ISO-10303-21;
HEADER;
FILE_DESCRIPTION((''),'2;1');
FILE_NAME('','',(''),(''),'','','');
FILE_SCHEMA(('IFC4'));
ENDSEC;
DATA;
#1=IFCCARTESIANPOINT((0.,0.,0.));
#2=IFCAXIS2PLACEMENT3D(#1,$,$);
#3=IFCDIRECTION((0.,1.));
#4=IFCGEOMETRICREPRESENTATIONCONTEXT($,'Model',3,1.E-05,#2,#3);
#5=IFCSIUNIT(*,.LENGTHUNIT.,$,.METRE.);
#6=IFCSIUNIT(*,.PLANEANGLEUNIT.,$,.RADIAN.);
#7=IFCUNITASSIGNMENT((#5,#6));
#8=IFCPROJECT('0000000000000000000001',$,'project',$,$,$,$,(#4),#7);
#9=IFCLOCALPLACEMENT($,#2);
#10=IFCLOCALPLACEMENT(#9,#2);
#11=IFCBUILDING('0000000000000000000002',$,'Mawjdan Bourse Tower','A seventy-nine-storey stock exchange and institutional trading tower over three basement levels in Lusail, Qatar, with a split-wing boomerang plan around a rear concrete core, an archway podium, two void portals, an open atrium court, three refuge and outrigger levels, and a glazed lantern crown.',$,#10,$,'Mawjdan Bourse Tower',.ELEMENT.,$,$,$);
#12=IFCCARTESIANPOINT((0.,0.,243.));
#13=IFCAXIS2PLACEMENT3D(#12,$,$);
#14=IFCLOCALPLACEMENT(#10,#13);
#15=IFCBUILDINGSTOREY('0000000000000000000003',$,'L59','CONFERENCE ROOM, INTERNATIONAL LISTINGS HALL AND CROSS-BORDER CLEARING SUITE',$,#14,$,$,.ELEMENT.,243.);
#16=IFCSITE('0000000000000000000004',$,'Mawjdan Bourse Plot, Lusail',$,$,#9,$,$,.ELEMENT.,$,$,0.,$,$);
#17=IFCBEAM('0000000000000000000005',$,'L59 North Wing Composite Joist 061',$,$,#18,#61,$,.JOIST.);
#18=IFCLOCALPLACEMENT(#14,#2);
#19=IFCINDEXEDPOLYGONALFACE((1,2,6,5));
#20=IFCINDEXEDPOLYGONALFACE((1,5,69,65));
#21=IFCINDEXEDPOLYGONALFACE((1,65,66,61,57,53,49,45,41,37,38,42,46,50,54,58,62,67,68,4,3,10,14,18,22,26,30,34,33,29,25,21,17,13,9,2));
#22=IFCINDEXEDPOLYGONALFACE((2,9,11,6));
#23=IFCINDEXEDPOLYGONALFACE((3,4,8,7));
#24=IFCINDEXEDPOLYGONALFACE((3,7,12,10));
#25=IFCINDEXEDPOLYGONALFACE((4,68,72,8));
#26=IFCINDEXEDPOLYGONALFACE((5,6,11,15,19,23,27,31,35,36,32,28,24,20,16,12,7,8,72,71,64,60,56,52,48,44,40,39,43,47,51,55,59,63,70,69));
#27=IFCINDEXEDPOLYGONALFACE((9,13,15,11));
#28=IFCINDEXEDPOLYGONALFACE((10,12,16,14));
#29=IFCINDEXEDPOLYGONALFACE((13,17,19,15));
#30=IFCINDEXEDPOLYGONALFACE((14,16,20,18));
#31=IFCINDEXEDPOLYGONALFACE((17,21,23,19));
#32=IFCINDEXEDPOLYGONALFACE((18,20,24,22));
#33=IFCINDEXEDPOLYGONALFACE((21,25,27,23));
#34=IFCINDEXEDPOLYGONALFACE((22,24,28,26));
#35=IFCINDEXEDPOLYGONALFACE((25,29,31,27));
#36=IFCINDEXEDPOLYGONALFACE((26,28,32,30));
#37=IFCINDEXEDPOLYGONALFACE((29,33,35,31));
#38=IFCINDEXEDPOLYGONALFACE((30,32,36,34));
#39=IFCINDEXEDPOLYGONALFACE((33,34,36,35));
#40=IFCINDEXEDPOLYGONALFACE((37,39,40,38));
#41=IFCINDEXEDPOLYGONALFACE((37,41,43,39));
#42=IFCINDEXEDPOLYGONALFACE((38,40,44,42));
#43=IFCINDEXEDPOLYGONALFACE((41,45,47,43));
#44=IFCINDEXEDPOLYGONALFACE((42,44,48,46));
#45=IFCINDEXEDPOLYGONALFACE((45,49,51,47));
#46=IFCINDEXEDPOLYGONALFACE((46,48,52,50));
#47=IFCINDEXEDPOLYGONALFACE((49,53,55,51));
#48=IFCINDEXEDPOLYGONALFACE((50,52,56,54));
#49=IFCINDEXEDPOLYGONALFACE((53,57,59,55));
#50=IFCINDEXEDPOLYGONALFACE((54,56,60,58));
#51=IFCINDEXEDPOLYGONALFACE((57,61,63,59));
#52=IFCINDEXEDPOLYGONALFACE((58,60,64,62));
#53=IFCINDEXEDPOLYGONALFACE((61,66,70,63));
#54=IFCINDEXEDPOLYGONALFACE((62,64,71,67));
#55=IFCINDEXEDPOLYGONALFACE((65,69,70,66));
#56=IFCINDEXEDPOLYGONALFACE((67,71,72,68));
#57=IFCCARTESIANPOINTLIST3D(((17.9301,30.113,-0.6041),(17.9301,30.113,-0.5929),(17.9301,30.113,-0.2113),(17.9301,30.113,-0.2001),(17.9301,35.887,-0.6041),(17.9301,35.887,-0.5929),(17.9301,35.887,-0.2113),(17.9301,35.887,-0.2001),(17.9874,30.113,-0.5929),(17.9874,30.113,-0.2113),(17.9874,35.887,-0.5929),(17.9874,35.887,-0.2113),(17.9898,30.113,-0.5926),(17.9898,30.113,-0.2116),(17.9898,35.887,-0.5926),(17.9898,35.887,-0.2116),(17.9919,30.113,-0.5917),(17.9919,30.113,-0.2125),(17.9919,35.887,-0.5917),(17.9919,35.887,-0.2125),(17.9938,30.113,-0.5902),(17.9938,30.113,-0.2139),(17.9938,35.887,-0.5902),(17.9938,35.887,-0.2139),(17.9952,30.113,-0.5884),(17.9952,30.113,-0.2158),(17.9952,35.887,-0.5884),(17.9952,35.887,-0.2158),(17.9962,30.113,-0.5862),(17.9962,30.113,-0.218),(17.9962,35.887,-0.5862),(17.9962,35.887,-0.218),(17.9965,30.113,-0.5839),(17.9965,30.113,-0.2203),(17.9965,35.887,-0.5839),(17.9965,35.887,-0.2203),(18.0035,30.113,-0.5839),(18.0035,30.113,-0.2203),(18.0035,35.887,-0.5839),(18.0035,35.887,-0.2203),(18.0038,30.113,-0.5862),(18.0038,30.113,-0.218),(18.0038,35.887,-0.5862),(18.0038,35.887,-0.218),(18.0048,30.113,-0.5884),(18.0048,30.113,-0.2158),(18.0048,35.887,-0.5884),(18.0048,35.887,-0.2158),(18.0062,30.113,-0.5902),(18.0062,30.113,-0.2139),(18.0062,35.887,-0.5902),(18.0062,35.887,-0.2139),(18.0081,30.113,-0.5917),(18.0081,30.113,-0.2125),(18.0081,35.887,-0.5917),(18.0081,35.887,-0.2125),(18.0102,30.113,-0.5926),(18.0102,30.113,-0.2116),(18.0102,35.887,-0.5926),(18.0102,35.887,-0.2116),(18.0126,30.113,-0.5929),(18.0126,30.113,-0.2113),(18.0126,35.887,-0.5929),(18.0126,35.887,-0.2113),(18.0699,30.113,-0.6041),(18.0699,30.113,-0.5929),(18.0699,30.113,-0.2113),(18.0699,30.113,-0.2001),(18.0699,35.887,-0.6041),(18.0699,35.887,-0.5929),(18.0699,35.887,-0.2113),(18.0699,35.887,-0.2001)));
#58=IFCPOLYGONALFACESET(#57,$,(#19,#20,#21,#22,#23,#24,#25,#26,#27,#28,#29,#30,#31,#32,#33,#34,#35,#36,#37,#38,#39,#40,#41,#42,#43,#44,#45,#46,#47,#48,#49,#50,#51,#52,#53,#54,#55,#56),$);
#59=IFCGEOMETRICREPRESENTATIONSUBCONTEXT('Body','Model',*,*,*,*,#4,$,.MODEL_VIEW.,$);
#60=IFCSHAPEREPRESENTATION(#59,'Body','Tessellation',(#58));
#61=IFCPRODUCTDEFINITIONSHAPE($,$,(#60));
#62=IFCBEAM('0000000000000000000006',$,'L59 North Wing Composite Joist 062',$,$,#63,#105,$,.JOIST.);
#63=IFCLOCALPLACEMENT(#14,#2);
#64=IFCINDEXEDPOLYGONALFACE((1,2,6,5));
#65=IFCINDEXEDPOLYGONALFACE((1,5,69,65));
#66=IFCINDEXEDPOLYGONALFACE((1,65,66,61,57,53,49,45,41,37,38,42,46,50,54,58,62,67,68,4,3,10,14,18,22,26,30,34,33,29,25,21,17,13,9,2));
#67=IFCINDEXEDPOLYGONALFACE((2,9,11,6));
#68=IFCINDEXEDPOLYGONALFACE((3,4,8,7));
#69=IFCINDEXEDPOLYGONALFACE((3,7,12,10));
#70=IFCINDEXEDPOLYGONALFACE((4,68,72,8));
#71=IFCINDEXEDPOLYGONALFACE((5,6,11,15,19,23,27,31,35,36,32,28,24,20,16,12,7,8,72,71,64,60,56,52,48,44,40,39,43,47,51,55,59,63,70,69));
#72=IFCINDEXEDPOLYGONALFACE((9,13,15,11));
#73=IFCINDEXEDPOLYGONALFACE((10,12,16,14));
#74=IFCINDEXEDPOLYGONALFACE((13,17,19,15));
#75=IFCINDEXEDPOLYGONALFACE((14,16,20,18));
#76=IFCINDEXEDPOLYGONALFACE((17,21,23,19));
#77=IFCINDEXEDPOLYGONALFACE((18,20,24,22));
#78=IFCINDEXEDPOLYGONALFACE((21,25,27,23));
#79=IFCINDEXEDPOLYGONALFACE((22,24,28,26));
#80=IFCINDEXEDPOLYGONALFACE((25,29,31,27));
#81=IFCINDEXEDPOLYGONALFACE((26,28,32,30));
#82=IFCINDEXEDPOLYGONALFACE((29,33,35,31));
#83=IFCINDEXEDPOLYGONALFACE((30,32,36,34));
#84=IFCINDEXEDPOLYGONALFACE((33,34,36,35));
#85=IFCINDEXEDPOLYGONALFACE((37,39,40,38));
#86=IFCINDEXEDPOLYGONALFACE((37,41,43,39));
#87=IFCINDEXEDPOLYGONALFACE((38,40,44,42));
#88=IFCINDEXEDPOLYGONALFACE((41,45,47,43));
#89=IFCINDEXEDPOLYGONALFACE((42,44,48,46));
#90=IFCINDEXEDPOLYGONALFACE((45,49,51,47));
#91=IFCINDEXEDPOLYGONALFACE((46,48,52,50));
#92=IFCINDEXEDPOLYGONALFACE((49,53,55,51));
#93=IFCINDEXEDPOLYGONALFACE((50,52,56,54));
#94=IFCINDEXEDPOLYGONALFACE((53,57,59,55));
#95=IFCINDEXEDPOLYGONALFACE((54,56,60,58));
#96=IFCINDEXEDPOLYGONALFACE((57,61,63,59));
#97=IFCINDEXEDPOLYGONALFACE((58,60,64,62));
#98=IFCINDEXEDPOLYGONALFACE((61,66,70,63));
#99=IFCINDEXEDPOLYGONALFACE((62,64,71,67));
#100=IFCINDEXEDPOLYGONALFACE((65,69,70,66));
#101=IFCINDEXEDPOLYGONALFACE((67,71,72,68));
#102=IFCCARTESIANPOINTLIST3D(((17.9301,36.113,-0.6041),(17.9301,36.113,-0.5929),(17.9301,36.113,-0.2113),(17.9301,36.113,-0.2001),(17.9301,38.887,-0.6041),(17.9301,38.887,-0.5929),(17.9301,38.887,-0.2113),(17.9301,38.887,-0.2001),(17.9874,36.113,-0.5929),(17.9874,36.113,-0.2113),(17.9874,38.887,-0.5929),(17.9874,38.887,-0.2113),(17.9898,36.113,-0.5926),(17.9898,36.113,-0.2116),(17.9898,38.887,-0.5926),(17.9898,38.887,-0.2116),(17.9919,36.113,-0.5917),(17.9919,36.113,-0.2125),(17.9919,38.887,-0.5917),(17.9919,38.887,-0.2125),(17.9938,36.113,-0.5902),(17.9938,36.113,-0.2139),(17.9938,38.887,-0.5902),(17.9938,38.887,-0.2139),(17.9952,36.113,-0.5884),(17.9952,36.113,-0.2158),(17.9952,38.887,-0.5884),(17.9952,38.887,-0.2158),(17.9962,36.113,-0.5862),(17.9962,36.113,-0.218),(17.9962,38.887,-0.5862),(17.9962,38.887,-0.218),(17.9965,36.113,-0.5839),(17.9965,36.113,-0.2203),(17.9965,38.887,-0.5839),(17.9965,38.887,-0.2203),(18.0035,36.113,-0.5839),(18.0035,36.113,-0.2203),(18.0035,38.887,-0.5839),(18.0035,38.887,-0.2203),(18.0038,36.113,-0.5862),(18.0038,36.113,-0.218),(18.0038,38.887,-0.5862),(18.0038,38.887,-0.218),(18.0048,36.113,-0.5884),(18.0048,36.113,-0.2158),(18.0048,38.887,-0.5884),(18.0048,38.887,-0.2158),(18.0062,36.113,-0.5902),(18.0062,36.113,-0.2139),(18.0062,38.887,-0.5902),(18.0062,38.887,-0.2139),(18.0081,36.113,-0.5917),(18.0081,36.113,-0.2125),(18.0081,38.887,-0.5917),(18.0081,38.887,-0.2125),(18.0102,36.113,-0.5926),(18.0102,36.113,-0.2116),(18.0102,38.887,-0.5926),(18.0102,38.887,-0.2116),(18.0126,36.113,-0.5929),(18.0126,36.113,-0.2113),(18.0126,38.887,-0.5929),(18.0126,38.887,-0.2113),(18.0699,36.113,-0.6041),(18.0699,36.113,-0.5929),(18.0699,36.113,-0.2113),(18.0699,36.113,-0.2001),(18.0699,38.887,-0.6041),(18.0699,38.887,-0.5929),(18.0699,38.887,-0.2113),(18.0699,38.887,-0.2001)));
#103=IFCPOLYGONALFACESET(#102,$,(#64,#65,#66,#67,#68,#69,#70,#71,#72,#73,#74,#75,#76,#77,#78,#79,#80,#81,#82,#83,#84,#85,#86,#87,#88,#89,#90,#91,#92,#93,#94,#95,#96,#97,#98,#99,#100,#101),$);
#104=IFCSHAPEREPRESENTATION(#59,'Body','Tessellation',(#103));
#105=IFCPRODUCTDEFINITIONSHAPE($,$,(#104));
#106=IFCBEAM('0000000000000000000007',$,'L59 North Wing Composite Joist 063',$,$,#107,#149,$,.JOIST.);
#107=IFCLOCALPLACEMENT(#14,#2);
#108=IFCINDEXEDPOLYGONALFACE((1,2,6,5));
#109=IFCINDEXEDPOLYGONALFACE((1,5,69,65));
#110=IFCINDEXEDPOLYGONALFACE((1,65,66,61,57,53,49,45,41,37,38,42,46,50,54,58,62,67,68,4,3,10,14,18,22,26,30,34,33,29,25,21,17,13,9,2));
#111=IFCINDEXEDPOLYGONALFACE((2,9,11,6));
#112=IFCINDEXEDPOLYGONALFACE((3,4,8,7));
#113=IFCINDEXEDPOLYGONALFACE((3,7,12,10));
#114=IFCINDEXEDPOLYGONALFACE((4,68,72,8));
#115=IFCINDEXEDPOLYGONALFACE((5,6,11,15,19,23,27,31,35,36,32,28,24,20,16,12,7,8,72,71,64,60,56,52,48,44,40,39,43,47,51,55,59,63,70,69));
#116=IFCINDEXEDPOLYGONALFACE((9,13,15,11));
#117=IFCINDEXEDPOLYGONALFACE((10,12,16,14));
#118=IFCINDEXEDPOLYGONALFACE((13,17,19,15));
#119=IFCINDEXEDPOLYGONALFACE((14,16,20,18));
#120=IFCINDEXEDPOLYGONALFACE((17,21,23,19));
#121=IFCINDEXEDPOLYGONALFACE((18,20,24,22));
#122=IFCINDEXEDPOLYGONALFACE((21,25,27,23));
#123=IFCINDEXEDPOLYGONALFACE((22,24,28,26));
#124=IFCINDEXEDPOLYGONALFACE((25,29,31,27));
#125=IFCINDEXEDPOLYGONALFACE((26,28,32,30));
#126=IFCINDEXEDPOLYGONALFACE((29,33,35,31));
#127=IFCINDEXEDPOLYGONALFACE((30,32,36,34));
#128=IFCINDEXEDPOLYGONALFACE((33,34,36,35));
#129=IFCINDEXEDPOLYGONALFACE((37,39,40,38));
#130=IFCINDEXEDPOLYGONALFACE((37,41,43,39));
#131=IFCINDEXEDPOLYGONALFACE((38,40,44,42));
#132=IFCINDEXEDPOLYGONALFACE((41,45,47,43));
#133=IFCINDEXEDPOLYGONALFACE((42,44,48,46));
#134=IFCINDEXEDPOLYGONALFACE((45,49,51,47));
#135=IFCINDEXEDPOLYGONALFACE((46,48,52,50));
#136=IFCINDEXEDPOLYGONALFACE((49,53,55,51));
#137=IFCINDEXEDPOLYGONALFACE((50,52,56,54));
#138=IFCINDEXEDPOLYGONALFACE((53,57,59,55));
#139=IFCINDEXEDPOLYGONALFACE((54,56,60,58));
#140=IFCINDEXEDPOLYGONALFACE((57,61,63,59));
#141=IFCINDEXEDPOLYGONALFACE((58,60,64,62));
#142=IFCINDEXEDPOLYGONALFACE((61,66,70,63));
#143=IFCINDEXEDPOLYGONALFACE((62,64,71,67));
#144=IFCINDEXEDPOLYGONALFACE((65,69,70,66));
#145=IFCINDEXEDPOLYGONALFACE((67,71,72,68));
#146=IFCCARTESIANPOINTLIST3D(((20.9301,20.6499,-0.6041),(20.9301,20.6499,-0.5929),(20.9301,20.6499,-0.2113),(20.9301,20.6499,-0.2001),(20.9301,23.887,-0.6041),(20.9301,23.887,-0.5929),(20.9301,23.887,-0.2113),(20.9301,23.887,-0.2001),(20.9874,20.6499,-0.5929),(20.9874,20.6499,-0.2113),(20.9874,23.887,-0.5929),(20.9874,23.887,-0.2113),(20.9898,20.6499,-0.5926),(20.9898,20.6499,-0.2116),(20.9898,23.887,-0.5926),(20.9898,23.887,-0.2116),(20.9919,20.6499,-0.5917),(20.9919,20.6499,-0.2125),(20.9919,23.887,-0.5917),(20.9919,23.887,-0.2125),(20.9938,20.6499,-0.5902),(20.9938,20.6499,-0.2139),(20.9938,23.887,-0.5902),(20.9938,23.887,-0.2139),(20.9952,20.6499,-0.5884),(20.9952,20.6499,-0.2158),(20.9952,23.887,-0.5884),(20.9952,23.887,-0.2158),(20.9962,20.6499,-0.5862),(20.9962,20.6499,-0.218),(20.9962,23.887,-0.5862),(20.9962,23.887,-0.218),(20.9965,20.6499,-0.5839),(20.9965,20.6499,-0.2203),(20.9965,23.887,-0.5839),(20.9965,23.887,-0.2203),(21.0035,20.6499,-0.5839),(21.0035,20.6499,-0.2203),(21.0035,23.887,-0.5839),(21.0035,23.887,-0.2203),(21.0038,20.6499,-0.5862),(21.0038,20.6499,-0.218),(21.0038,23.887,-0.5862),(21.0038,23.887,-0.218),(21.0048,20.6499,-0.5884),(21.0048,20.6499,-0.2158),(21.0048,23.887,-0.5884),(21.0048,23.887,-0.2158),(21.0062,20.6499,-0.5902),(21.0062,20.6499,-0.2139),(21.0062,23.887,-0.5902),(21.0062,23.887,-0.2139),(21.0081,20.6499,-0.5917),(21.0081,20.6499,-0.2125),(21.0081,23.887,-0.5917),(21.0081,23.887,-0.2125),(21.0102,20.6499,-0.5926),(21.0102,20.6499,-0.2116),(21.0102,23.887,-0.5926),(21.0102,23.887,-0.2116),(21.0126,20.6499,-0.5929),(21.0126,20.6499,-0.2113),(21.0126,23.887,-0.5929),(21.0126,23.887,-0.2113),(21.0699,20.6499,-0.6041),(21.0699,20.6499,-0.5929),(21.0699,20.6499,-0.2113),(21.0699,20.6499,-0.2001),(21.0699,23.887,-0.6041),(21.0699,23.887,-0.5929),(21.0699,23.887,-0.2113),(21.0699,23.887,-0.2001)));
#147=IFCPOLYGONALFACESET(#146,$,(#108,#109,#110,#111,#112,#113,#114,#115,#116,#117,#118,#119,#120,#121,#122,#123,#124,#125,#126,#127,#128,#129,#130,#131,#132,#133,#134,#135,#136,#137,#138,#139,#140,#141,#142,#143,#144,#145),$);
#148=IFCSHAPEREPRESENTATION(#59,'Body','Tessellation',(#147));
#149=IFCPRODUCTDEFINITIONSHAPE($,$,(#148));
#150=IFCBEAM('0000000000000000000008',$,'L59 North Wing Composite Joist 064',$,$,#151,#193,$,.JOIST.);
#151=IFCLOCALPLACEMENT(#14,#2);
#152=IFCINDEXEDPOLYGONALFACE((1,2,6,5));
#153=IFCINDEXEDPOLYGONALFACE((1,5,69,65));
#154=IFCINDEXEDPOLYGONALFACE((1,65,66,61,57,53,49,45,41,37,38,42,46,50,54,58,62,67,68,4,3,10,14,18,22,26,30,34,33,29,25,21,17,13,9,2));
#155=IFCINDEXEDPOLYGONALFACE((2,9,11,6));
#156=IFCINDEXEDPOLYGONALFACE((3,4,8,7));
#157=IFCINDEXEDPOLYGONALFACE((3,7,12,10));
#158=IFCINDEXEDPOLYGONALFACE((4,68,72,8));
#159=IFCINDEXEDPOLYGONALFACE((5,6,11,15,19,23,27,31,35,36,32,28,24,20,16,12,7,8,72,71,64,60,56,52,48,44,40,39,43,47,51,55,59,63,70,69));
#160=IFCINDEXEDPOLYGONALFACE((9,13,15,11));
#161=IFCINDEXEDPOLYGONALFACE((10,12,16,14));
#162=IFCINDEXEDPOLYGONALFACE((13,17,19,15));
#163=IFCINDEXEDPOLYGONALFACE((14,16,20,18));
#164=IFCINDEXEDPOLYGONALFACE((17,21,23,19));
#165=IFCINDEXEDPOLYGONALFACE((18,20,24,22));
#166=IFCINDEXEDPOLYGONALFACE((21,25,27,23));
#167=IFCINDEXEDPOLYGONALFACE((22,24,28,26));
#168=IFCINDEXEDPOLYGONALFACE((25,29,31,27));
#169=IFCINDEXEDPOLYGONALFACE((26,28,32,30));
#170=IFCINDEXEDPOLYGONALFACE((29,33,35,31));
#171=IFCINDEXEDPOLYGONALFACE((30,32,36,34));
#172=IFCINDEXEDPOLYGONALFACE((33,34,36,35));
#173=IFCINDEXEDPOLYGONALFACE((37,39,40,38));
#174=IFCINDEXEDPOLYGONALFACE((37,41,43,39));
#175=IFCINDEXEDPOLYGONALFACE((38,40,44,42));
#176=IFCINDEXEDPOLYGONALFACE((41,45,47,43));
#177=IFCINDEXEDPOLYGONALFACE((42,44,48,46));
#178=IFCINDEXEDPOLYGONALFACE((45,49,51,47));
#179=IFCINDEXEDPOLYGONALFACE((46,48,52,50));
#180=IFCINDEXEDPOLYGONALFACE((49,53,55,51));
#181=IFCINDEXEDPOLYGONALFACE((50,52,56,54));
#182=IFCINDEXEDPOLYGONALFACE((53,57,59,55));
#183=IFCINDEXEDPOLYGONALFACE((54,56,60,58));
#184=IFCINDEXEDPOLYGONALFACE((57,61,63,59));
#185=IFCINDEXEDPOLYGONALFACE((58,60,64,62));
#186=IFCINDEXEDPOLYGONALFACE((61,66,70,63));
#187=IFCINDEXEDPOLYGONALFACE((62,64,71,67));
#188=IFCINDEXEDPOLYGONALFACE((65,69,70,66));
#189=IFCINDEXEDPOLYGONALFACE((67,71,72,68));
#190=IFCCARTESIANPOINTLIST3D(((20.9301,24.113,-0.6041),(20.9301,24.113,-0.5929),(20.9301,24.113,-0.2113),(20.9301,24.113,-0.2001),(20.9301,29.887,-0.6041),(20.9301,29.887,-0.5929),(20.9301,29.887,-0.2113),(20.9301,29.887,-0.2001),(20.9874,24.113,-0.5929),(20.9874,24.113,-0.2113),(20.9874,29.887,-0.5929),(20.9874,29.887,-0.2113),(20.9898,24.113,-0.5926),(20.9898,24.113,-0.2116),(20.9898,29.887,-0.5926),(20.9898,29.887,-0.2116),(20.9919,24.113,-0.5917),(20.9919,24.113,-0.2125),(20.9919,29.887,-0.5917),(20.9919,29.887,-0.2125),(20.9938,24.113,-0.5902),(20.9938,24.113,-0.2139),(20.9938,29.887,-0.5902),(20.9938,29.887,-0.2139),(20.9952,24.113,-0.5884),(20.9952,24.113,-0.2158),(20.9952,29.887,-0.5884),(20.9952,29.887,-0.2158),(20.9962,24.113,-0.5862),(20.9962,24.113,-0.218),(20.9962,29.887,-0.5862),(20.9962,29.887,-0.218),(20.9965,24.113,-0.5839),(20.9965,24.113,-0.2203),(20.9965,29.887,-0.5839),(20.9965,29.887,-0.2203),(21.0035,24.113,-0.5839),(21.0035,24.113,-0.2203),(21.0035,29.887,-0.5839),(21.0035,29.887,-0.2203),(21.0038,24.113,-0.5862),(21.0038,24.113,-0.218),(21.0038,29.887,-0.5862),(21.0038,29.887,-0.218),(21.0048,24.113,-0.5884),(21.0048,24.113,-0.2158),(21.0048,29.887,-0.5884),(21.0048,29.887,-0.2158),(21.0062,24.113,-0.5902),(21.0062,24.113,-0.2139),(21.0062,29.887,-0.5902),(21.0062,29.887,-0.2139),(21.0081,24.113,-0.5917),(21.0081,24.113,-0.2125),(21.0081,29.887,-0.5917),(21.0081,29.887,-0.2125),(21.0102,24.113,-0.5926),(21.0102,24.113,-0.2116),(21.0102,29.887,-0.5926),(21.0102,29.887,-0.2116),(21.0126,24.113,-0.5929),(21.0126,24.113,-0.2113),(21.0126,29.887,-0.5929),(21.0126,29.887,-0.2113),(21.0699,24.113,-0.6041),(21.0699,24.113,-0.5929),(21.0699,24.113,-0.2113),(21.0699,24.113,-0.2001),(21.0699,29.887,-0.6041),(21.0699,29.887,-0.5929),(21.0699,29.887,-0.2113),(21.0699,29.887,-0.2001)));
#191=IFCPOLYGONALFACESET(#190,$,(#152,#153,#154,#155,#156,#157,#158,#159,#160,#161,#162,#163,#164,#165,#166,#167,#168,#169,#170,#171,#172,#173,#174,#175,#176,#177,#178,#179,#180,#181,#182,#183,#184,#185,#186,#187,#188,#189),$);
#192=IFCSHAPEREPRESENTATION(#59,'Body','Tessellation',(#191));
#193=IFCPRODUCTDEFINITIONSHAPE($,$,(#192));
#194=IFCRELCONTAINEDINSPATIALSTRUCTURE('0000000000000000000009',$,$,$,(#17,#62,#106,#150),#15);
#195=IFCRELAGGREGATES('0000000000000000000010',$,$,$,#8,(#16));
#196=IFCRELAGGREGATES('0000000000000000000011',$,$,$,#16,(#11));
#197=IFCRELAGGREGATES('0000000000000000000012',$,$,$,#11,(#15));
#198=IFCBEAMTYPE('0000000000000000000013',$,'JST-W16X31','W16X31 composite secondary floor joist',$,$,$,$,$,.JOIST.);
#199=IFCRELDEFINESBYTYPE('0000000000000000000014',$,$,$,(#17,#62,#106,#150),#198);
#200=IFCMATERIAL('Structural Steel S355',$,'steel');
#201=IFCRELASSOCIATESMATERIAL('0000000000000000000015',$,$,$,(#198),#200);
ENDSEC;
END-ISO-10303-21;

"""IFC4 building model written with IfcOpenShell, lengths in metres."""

from ifc_helpers import new_model, si_unit, direction, frame, origin, origin_2d, place, context, subcontext, project, spatial, i_section, extrude, material, material_profile, profile_set, type_object, element, save


model = new_model("IFC4")

# Units and contexts
model_context = context("Model", 3, precision=1e-05, world=origin(), true_north=direction((0.0, 1.0)))
body_context = subcontext(model_context, "Body", "Model", "MODEL_VIEW")
ifc_project = project(units=[si_unit("LENGTHUNIT", "METRE"), si_unit("PLANEANGLEUNIT", "RADIAN")], contexts=[model_context])

# Site, building, storey
site_placement = place(None, origin())
site = spatial("IfcSite", under=ifc_project, at=site_placement, Name="Mawjdan Bourse Plot, Lusail", CompositionType="ELEMENT", RefElevation=0.0)
building_placement = place(site_placement, origin())
building = spatial("IfcBuilding", under=site, at=building_placement, Name="Mawjdan Bourse Tower", Description="A seventy-nine-storey stock exchange and institutional trading tower over three basement levels in Lusail, Qatar, with a split-wing boomerang plan around a rear concrete core, an archway podium, two void portals, an open atrium court, three refuge and outrigger levels, and a glazed lantern crown.", LongName="Mawjdan Bourse Tower", CompositionType="ELEMENT")
storey_placement = place(building_placement, frame((0.0, 0.0, 243.0)))
storey = spatial("IfcBuildingStorey", under=building, at=storey_placement, Name="L59", Description="CONFERENCE ROOM, INTERNATIONAL LISTINGS HALL AND CROSS-BORDER CLEARING SUITE", CompositionType="ELEMENT", Elevation=243.0)

# Beams
ifc_material_1 = material(Name="Structural Steel S355", Category="steel")
ifc_material_profile_1 = material_profile(ifc_material_1, i_section(OverallWidth=0.1399, OverallDepth=0.4041, WebThickness=0.0071, FlangeThickness=0.0112, FilletRadius=0.009, at=origin_2d()), Name="W16X31")
ifc_profile_set_1 = profile_set([ifc_material_profile_1], Name="Structural Steel S355")
beam_type_1 = type_object("IfcBeamType", Name="JST-W16X31", Description="W16X31 composite secondary floor joist", PredefinedType="JOIST", material=ifc_profile_set_1)
for number, where, z_axis, x_axis, name in (
    (1, (18.0, 30.113, -0.4021), (0.0, 1.0, 0.0), (-1.0, 0.0, 0.0), "L59 North Wing Composite Joist 061"),
):
    element("IfcBeam", number, at=place(storey_placement, frame(where, z_axis=z_axis, x_axis=x_axis)), inside=storey, type_object=beam_type_1, Name=name, PredefinedType="JOIST", context=body_context, shape_type="SweptSolid", body=[
        extrude(i_section(OverallWidth=0.1399, OverallDepth=0.4041, WebThickness=0.0071, FlangeThickness=0.0112, FilletRadius=0.009, at=origin_2d()), origin(), (0.0, 0.0, 1.0), 5.7739),
    ])
beam_1_placement = place(storey_placement, frame((18.0, 36.113, -0.4021), z_axis=(0.0, 1.0, 0.0), x_axis=(-1.0, 0.0, 0.0)))
element("IfcBeam", 2, at=beam_1_placement, inside=storey, type_object=beam_type_1, Name="L59 North Wing Composite Joist 062", PredefinedType="JOIST", context=body_context, shape_type="SweptSolid", body=[
    extrude(i_section(OverallWidth=0.1399, OverallDepth=0.4041, WebThickness=0.0071, FlangeThickness=0.0112, FilletRadius=0.009, at=origin_2d()), origin(), (0.0, 0.0, 1.0), 2.7739),
])
beam_2_placement = place(storey_placement, frame((21.0, 20.6499, -0.4021), z_axis=(0.0, 1.0, 0.0), x_axis=(-1.0, 0.0, 0.0)))
element("IfcBeam", 3, at=beam_2_placement, inside=storey, type_object=beam_type_1, Name="L59 North Wing Composite Joist 063", PredefinedType="JOIST", context=body_context, shape_type="SweptSolid", body=[
    extrude(i_section(OverallWidth=0.1399, OverallDepth=0.4041, WebThickness=0.0071, FlangeThickness=0.0112, FilletRadius=0.009, at=origin_2d()), origin(), (0.0, 0.0, 1.0), 3.2371),
])
for number, where, z_axis, x_axis, name in (
    (4, (21.0, 24.113, -0.4021), (0.0, 1.0, 0.0), (-1.0, 0.0, 0.0), "L59 North Wing Composite Joist 064"),
):
    element("IfcBeam", number, at=place(storey_placement, frame(where, z_axis=z_axis, x_axis=x_axis)), inside=storey, type_object=beam_type_1, Name=name, PredefinedType="JOIST", context=body_context, shape_type="SweptSolid", body=[
        extrude(i_section(OverallWidth=0.1399, OverallDepth=0.4041, WebThickness=0.0071, FlangeThickness=0.0112, FilletRadius=0.009, at=origin_2d()), origin(), (0.0, 0.0, 1.0), 5.7739),
    ])

save(model, "model.ifc")
